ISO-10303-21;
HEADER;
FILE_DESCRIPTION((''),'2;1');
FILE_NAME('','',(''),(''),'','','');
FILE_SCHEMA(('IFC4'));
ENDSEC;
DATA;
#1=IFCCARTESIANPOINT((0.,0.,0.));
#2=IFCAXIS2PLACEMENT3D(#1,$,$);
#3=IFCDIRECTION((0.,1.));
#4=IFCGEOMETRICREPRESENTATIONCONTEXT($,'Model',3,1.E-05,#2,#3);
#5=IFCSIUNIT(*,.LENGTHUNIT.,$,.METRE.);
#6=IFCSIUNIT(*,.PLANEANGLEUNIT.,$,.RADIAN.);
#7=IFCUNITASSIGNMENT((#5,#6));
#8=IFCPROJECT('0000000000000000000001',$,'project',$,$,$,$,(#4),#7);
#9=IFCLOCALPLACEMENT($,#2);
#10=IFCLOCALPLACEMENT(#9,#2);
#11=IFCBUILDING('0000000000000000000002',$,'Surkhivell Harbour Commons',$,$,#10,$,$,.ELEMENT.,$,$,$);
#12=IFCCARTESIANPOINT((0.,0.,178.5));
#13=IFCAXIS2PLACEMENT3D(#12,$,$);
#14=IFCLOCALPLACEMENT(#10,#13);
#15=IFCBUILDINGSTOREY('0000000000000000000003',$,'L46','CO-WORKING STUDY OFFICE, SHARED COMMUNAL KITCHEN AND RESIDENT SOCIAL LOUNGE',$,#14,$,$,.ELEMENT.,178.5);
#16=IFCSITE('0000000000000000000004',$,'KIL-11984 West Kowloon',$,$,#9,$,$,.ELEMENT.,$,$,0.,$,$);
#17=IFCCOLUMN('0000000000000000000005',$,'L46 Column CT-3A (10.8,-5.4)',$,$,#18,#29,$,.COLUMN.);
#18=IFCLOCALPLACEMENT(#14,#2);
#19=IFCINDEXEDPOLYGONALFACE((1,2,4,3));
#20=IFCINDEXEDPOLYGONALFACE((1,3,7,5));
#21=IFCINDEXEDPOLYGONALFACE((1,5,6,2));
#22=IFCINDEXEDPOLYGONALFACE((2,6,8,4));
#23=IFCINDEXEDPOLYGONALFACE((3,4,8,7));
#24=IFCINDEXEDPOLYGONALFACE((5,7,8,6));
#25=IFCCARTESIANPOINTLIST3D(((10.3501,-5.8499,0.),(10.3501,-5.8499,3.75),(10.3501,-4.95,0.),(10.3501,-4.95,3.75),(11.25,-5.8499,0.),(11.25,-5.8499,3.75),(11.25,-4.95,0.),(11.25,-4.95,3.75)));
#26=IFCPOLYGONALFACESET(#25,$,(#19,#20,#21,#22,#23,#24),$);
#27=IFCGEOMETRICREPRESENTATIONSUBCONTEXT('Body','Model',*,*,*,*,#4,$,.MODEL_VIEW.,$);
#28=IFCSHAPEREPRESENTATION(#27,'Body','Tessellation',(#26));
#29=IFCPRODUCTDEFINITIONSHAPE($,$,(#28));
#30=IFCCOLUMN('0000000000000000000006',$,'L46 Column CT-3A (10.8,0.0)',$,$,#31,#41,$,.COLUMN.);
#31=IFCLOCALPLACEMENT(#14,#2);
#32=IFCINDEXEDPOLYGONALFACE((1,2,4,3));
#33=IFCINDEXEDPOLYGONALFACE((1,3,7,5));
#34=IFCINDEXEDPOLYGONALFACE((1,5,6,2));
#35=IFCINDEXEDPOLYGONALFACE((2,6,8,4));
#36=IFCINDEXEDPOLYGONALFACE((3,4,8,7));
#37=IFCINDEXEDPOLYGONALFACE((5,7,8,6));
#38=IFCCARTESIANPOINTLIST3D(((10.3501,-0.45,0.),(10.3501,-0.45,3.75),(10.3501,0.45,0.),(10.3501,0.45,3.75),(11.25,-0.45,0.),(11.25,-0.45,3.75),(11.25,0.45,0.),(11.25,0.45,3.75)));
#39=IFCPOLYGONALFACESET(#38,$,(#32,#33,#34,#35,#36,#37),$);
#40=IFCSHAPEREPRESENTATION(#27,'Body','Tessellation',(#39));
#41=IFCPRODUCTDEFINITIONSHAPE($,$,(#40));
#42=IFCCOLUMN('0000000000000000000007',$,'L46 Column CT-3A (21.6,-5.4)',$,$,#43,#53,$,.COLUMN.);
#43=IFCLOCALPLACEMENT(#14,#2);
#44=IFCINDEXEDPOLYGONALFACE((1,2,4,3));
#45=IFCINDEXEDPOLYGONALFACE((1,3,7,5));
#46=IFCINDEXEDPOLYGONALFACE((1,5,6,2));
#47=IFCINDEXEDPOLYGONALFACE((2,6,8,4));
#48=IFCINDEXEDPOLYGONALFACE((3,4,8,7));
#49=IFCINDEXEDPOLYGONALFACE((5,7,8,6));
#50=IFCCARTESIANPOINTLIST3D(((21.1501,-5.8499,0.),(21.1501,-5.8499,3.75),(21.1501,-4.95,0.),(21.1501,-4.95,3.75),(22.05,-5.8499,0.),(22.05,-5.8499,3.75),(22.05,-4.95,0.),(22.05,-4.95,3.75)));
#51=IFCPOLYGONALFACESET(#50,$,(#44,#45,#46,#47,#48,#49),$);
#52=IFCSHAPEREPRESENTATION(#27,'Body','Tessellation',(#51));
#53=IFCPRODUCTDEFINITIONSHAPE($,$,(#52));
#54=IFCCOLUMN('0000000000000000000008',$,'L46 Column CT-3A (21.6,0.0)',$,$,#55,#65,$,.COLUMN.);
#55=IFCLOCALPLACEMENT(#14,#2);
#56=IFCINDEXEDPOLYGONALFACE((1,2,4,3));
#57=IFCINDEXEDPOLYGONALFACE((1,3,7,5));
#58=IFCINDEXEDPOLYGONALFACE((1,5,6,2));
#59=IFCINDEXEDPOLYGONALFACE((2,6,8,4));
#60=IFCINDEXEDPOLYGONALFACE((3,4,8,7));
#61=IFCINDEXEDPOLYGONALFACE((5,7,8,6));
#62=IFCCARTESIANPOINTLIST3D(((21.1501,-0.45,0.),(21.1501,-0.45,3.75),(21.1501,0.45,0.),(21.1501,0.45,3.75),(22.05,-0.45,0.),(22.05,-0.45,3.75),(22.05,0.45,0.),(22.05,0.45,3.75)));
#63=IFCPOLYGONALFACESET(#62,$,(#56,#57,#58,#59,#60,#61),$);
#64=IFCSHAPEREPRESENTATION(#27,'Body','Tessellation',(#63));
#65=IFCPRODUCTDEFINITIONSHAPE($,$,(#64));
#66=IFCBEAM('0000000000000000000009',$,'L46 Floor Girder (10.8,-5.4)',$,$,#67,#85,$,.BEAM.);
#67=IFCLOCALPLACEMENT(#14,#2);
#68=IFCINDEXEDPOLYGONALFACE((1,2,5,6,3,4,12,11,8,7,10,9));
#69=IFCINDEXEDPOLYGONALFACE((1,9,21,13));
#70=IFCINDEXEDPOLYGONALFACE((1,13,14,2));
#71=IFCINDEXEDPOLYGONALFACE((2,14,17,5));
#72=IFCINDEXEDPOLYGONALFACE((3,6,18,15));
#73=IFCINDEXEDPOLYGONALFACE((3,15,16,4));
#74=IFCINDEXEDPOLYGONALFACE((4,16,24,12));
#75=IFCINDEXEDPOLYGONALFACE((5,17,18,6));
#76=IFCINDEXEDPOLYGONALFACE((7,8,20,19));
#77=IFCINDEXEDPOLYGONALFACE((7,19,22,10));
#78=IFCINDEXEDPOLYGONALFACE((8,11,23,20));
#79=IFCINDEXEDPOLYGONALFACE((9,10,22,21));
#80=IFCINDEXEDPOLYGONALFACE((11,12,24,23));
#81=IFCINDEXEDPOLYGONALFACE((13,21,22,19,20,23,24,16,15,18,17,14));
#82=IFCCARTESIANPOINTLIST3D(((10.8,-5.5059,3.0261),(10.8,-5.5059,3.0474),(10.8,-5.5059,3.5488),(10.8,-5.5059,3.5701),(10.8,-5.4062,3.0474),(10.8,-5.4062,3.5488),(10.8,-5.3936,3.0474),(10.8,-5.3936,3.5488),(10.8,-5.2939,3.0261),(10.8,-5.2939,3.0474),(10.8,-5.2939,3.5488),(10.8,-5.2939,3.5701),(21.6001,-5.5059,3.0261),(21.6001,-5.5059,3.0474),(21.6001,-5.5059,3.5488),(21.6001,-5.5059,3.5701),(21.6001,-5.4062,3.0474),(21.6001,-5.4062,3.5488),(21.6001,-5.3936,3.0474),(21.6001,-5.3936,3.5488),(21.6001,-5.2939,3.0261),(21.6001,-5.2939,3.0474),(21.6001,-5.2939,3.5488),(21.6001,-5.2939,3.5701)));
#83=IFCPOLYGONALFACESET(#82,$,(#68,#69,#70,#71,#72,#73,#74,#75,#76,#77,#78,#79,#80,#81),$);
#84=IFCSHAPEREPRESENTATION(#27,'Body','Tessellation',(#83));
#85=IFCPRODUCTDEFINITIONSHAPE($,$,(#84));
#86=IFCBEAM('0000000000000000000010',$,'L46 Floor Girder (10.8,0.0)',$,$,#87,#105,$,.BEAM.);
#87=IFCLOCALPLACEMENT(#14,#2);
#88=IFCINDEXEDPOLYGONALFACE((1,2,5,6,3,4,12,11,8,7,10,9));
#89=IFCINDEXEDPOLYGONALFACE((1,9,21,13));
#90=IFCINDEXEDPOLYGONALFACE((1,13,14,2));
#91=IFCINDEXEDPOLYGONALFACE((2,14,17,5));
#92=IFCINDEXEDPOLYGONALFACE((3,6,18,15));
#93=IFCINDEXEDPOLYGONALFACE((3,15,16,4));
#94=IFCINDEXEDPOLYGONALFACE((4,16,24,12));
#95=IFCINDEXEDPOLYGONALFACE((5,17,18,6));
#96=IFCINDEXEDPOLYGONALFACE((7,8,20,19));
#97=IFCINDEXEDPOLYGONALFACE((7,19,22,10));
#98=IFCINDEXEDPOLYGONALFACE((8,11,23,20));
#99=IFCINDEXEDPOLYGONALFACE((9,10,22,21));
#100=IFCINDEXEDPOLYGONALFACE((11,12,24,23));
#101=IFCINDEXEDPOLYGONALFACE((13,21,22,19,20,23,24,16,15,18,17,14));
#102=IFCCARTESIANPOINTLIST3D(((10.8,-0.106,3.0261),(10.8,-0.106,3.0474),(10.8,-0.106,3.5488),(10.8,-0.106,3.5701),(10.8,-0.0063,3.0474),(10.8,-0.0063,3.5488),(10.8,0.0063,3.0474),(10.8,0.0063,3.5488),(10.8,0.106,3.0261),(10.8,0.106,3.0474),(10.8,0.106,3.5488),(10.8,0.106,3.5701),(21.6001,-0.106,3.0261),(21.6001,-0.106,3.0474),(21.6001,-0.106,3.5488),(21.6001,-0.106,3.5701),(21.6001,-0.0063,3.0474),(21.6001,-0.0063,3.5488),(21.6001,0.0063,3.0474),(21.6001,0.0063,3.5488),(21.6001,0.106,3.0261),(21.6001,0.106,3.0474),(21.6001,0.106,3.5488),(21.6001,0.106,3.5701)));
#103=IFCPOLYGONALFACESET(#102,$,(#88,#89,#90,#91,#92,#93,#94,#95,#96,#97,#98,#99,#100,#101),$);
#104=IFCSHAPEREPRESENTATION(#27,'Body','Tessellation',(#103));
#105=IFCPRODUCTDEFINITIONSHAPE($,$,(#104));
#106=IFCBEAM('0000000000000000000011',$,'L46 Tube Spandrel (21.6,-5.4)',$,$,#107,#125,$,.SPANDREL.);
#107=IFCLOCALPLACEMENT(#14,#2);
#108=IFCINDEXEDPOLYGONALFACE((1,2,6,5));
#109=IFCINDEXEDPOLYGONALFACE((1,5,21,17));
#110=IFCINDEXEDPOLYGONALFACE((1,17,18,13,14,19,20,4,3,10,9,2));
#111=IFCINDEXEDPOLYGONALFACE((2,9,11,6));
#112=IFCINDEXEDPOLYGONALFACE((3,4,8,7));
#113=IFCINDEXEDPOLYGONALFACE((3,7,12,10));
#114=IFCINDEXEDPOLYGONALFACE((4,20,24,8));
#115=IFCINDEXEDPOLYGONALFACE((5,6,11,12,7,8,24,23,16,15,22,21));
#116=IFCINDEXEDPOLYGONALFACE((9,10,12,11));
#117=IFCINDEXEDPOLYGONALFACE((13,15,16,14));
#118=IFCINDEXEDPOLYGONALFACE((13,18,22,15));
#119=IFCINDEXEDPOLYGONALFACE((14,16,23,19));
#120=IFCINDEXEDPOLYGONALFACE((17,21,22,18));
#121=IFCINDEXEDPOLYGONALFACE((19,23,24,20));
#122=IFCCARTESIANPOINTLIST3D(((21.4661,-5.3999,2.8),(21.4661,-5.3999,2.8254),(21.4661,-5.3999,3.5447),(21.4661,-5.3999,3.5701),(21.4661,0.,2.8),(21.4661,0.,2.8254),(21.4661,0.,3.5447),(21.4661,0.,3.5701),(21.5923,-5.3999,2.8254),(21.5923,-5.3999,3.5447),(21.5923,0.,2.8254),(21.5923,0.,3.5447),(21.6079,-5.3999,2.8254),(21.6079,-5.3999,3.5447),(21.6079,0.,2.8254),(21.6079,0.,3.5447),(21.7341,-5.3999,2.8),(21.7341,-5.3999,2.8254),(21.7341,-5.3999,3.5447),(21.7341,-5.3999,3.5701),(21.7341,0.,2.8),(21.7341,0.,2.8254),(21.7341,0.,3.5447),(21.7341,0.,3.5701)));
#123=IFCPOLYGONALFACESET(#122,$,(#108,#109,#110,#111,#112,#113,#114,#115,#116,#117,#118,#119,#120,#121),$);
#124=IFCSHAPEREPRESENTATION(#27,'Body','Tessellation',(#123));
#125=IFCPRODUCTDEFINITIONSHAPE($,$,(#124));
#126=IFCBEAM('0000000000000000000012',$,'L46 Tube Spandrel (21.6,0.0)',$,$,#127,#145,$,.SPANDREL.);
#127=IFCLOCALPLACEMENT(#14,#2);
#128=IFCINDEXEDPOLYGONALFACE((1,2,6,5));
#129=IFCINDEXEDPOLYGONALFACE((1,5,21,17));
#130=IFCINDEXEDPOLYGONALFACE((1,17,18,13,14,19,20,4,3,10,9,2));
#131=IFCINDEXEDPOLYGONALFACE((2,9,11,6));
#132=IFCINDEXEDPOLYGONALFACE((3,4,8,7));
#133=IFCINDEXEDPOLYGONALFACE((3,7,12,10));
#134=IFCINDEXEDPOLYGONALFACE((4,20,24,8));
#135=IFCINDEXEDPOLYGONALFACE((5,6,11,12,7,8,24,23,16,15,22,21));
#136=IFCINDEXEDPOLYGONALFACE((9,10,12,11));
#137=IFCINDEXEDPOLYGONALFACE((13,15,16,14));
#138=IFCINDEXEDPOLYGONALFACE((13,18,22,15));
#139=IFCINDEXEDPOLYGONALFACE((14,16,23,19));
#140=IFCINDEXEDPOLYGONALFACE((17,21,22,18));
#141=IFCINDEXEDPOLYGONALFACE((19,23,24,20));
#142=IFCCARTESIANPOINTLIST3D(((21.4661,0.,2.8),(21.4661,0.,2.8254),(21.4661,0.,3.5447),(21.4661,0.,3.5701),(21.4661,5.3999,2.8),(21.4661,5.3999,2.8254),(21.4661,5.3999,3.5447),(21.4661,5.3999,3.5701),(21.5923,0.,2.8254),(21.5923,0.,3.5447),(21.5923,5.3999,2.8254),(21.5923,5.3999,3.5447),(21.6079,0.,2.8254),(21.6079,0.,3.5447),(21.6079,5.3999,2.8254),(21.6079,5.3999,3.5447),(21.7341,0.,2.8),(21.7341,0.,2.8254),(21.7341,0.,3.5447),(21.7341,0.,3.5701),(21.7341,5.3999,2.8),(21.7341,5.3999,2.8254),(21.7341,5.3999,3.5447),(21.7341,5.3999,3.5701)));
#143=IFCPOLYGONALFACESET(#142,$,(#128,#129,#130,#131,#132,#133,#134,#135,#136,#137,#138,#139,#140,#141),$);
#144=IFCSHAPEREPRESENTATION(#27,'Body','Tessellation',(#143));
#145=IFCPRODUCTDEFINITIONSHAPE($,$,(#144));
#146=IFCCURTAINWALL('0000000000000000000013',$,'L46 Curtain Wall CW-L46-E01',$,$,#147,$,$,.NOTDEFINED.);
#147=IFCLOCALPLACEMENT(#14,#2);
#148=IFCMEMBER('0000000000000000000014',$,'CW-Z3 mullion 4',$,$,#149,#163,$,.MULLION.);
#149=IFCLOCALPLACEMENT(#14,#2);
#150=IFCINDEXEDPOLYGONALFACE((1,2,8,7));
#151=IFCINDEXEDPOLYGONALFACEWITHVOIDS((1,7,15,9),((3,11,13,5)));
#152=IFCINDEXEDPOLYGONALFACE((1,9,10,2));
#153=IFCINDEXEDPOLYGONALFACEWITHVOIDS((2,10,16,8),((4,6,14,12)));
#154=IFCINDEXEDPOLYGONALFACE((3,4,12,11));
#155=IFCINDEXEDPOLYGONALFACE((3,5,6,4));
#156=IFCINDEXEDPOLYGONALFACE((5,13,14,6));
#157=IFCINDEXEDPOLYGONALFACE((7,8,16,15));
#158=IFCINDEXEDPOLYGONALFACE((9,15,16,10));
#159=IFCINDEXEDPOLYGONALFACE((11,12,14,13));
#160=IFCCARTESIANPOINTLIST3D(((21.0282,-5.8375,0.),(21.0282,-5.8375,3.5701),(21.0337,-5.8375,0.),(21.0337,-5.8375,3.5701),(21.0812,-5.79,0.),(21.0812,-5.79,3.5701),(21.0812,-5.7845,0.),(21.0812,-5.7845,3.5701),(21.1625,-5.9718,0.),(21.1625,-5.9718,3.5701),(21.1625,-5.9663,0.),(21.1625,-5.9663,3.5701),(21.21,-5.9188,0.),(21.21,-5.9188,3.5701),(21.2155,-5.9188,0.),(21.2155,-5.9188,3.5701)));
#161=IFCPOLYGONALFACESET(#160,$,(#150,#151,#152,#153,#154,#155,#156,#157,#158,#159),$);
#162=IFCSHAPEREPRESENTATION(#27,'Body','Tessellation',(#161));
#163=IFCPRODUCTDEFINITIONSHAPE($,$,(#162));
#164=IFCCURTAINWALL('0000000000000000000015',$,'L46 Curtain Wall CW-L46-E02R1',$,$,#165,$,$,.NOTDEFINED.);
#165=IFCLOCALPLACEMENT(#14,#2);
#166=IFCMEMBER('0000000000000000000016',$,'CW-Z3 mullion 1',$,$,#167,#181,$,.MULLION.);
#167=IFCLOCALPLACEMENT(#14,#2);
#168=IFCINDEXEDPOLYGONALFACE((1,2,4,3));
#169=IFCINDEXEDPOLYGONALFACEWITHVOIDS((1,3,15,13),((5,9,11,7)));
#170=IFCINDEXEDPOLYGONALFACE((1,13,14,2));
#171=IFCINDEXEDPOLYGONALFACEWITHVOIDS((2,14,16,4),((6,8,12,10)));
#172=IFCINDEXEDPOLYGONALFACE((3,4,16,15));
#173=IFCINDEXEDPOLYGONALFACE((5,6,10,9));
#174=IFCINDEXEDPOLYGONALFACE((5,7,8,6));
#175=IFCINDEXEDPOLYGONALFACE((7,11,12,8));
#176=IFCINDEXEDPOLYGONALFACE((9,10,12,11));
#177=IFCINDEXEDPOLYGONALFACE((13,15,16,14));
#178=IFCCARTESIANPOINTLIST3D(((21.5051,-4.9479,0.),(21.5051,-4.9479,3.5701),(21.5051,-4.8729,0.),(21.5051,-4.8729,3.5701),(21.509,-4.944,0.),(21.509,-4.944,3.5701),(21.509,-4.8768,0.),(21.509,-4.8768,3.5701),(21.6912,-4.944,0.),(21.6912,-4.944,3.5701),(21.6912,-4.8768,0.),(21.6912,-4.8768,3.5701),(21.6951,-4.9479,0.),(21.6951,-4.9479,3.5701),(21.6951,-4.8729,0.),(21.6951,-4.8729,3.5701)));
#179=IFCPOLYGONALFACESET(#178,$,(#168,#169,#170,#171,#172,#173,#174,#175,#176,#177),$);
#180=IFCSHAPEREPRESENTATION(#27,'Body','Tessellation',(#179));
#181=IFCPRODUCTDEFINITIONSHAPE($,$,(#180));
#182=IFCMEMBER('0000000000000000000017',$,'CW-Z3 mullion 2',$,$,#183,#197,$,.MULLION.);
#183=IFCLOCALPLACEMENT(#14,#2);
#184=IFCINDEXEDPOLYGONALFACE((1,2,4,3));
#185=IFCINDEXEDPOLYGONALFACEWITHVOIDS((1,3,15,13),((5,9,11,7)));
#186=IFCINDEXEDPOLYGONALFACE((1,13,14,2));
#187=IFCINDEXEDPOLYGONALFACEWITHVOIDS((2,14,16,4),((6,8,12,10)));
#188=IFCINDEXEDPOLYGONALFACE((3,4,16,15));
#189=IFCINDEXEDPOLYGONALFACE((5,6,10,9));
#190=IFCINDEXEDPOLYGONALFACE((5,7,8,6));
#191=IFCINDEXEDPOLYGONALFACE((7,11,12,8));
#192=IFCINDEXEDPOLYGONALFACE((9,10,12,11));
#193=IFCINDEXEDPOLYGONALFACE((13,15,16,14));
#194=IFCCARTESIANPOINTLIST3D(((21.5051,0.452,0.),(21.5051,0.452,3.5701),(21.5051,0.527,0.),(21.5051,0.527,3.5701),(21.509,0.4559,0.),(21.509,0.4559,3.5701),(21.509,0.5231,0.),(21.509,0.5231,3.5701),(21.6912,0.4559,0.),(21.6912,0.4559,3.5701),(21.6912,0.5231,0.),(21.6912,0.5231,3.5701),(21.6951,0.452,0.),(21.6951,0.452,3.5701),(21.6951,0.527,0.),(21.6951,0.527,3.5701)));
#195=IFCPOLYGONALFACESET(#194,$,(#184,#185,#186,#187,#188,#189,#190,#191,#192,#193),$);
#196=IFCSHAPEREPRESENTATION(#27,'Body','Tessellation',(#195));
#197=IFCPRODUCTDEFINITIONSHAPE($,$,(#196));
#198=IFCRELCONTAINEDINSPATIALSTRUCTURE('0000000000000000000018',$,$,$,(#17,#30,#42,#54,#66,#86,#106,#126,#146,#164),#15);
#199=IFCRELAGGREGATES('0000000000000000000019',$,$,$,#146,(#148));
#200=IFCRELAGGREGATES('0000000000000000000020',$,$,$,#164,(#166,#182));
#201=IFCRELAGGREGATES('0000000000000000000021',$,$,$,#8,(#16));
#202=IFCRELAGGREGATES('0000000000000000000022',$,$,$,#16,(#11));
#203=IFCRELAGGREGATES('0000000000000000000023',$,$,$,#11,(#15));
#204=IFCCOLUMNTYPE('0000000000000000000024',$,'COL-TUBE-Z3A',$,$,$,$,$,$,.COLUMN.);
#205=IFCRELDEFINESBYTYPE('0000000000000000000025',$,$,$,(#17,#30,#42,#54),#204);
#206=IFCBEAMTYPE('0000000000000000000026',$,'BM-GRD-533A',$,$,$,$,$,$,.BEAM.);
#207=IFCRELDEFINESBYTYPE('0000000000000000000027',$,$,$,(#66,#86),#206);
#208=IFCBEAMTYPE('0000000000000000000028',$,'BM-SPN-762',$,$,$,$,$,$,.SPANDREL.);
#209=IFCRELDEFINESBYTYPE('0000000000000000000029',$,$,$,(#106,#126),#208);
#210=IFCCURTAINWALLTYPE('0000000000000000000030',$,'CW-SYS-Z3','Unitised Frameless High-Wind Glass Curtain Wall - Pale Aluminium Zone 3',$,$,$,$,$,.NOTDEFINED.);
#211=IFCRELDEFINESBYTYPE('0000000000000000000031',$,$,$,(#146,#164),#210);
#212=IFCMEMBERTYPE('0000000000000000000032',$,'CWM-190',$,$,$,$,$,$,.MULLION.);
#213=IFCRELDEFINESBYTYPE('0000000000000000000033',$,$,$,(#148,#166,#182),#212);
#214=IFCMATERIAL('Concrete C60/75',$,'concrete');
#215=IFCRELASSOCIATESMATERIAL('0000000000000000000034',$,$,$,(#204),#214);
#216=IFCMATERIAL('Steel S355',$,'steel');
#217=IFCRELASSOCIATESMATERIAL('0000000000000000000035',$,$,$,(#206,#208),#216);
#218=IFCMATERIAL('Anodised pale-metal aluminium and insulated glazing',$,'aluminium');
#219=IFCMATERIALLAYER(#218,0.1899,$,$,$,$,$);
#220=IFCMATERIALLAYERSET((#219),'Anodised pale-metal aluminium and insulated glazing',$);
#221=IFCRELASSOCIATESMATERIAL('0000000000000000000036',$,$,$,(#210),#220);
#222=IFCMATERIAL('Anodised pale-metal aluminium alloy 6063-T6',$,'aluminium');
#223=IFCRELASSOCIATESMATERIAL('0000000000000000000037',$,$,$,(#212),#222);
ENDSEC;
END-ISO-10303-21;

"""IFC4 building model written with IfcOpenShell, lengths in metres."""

from ifc_helpers import new_model, si_unit, direction, frame, origin, origin_2d, place, context, subcontext, project, spatial, rectangle, hollow_rectangle, i_section, extrude, material, layer, layer_set, material_profile, profile_set, type_object, element, aggregate, save


model = new_model("IFC4")

# Units and contexts
model_context = context("Model", 3, precision=1e-05, world=origin(), true_north=direction((0.0, 1.0)))
body_context = subcontext(model_context, "Body", "Model", "MODEL_VIEW")
ifc_project = project(units=[si_unit("LENGTHUNIT", "METRE"), si_unit("PLANEANGLEUNIT", "RADIAN")], contexts=[model_context])

# Site, building, storey
site_placement = place(None, origin())
site = spatial("IfcSite", under=ifc_project, at=site_placement, Name="KIL-11984 West Kowloon", CompositionType="ELEMENT", RefElevation=0.0)
building_placement = place(site_placement, origin())
building = spatial("IfcBuilding", under=site, at=building_placement, Name="Surkhivell Harbour Commons", CompositionType="ELEMENT")
storey_placement = place(building_placement, frame((0.0, 0.0, 178.5)))
storey = spatial("IfcBuildingStorey", under=building, at=storey_placement, Name="L46", Description="CO-WORKING STUDY OFFICE, SHARED COMMUNAL KITCHEN AND RESIDENT SOCIAL LOUNGE", CompositionType="ELEMENT", Elevation=178.5)

# Columns
ifc_material_1 = material(Name="Concrete C60/75", Category="concrete")
ifc_material_profile_1 = material_profile(ifc_material_1, rectangle(XDim=0.8999, YDim=0.8999, at=origin_2d()), Name="RC-COL-900x900")
ifc_profile_set_1 = profile_set([ifc_material_profile_1], Name="Concrete C60/75")
column_type = type_object("IfcColumnType", Name="COL-TUBE-Z3A", PredefinedType="COLUMN", material=ifc_profile_set_1)
for number, where, z_axis, x_axis, name in (
    (1, (10.8, -5.3999, 0.0), (0.0, 0.0, 1.0), (1.0, 0.0, 0.0), "L46 Column CT-3A (10.8,-5.4)"),
    (2, (10.8, 0.0, 0.0), (0.0, 0.0, 1.0), (1.0, 0.0, 0.0), "L46 Column CT-3A (10.8,0.0)"),
    (3, (21.6001, -5.3999, 0.0), (0.0, 0.0, 1.0), (1.0, 0.0, 0.0), "L46 Column CT-3A (21.6,-5.4)"),
    (4, (21.6001, 0.0, 0.0), (0.0, 0.0, 1.0), (1.0, 0.0, 0.0), "L46 Column CT-3A (21.6,0.0)"),
):
    element("IfcColumn", number, at=place(storey_placement, frame(where, z_axis=z_axis, x_axis=x_axis)), inside=storey, type_object=column_type, Name=name, PredefinedType="COLUMN", context=body_context, shape_type="SweptSolid", body=[
        extrude(rectangle(XDim=0.8999, YDim=0.8999, at=origin_2d()), origin(), (0.0, 0.0, 1.0), 3.75),
    ])

# Beams
ifc_material_2 = material(Name="Steel S355", Category="steel")
ifc_material_profile_2 = material_profile(ifc_material_2, i_section(OverallWidth=0.2119, OverallDepth=0.5439, WebThickness=0.0127, FlangeThickness=0.0212, at=origin_2d()), Name="UB533x210x122")
ifc_profile_set_2 = profile_set([ifc_material_profile_2], Name="Steel S355")
beam_type_1 = type_object("IfcBeamType", Name="BM-GRD-533A", PredefinedType="BEAM", material=ifc_profile_set_2)
for number, where, z_axis, x_axis, name in (
    (5, (10.8, -5.3999, 3.2981), (1.0, 0.0, 0.0), (0.0, 1.0, 0.0), "L46 Floor Girder (10.8,-5.4)"),
    (6, (10.8, 0.0, 3.2981), (1.0, 0.0, 0.0), (0.0, 1.0, 0.0), "L46 Floor Girder (10.8,0.0)"),
):
    element("IfcBeam", number, at=place(storey_placement, frame(where, z_axis=z_axis, x_axis=x_axis)), inside=storey, type_object=beam_type_1, Name=name, PredefinedType="BEAM", context=body_context, shape_type="SweptSolid", body=[
        extrude(i_section(OverallWidth=0.2119, OverallDepth=0.5439, WebThickness=0.0127, FlangeThickness=0.0212, at=origin_2d()), origin(), (0.0, 0.0, 1.0), 10.8),
    ])
ifc_material_profile_3 = material_profile(ifc_material_2, i_section(OverallWidth=0.2681, OverallDepth=0.77, WebThickness=0.0156, FlangeThickness=0.0254, at=origin_2d()), Name="UB762x267x197")
ifc_profile_set_3 = profile_set([ifc_material_profile_3], Name="Steel S355")
beam_type_2 = type_object("IfcBeamType", Name="BM-SPN-762", PredefinedType="SPANDREL", material=ifc_profile_set_3)
for number, where, z_axis, x_axis, name in (
    (7, (21.6001, -5.3999, 3.1851), (0.0, 1.0, 0.0), (-1.0, 0.0, 0.0), "L46 Tube Spandrel (21.6,-5.4)"),
    (8, (21.6001, 0.0, 3.1851), (0.0, 1.0, 0.0), (-1.0, 0.0, 0.0), "L46 Tube Spandrel (21.6,0.0)"),
):
    element("IfcBeam", number, at=place(storey_placement, frame(where, z_axis=z_axis, x_axis=x_axis)), inside=storey, type_object=beam_type_2, Name=name, PredefinedType="SPANDREL", context=body_context, shape_type="SweptSolid", body=[
        extrude(i_section(OverallWidth=0.2681, OverallDepth=0.77, WebThickness=0.0156, FlangeThickness=0.0254, at=origin_2d()), origin(), (0.0, 0.0, 1.0), 5.3999),
    ])

# Curtain wall, member
ifc_material_3 = material(Name="Anodised pale-metal aluminium and insulated glazing", Category="aluminium")
ifc_layer_1 = layer(ifc_material_3, 0.1899)
ifc_layer_set_1 = layer_set([ifc_layer_1], Name="Anodised pale-metal aluminium and insulated glazing")
curtain_wall_type = type_object("IfcCurtainWallType", Name="CW-SYS-Z3", Description="Unitised Frameless High-Wind Glass Curtain Wall - Pale Aluminium Zone 3", PredefinedType="NOTDEFINED", material=ifc_layer_set_1)
curtain_wall_1_placement = place(storey_placement, origin())
curtain_wall_1 = element("IfcCurtainWall", 9, at=curtain_wall_1_placement, inside=storey, type_object=curtain_wall_type, Name="L46 Curtain Wall CW-L46-E01", PredefinedType="NOTDEFINED")
ifc_material_4 = material(Name="Anodised pale-metal aluminium alloy 6063-T6", Category="aluminium")
ifc_material_profile_4 = material_profile(ifc_material_4, hollow_rectangle(XDim=0.075, YDim=0.1899, WallThickness=0.0039, at=origin_2d()), Name="ALU-MULL-75x190")
ifc_profile_set_4 = profile_set([ifc_material_profile_4], Name="Anodised pale-metal aluminium alloy 6063-T6")
member_type_1 = type_object("IfcMemberType", Name="CWM-190", PredefinedType="MULLION", material=ifc_profile_set_4)
member_1_placement = place(storey_placement, frame((21.1218, -5.8782, 0.0), z_axis=(0.0, 0.0, 1.0), x_axis=(0.707107, 0.707107, 0.0)))
member_1 = element("IfcMember", 10, at=member_1_placement, type_object=member_type_1, Name="CW-Z3 mullion 4", PredefinedType="MULLION", context=body_context, shape_type="SweptSolid", body=[
    extrude(hollow_rectangle(XDim=0.075, YDim=0.1899, WallThickness=0.0039, at=origin_2d()), origin(), (0.0, 0.0, 1.0), 3.5701),
])
aggregate(curtain_wall_1, [member_1])

# Curtain wall, members
curtain_wall_2_placement = place(storey_placement, origin())
curtain_wall_2 = element("IfcCurtainWall", 11, at=curtain_wall_2_placement, inside=storey, type_object=curtain_wall_type, Name="L46 Curtain Wall CW-L46-E02R1", PredefinedType="NOTDEFINED")
member_2_placement = place(storey_placement, frame((21.6001, -4.9104, 0.0), z_axis=(0.0, 0.0, 1.0), x_axis=(0.0, 1.0, 0.0)))
member_2 = element("IfcMember", 12, at=member_2_placement, type_object=member_type_1, Name="CW-Z3 mullion 1", PredefinedType="MULLION", context=body_context, shape_type="SweptSolid", body=[
    extrude(hollow_rectangle(XDim=0.075, YDim=0.1899, WallThickness=0.0039, at=origin_2d()), origin(), (0.0, 0.0, 1.0), 3.5701),
])
member_3_placement = place(storey_placement, frame((21.6001, 0.4895, 0.0), z_axis=(0.0, 0.0, 1.0), x_axis=(0.0, 1.0, 0.0)))
member_3 = element("IfcMember", 13, at=member_3_placement, type_object=member_type_1, Name="CW-Z3 mullion 2", PredefinedType="MULLION", context=body_context, shape_type="SweptSolid", body=[
    extrude(hollow_rectangle(XDim=0.075, YDim=0.1899, WallThickness=0.0039, at=origin_2d()), origin(), (0.0, 0.0, 1.0), 3.5701),
])
aggregate(curtain_wall_2, [member_2, member_3])

save(model, "model.ifc")
